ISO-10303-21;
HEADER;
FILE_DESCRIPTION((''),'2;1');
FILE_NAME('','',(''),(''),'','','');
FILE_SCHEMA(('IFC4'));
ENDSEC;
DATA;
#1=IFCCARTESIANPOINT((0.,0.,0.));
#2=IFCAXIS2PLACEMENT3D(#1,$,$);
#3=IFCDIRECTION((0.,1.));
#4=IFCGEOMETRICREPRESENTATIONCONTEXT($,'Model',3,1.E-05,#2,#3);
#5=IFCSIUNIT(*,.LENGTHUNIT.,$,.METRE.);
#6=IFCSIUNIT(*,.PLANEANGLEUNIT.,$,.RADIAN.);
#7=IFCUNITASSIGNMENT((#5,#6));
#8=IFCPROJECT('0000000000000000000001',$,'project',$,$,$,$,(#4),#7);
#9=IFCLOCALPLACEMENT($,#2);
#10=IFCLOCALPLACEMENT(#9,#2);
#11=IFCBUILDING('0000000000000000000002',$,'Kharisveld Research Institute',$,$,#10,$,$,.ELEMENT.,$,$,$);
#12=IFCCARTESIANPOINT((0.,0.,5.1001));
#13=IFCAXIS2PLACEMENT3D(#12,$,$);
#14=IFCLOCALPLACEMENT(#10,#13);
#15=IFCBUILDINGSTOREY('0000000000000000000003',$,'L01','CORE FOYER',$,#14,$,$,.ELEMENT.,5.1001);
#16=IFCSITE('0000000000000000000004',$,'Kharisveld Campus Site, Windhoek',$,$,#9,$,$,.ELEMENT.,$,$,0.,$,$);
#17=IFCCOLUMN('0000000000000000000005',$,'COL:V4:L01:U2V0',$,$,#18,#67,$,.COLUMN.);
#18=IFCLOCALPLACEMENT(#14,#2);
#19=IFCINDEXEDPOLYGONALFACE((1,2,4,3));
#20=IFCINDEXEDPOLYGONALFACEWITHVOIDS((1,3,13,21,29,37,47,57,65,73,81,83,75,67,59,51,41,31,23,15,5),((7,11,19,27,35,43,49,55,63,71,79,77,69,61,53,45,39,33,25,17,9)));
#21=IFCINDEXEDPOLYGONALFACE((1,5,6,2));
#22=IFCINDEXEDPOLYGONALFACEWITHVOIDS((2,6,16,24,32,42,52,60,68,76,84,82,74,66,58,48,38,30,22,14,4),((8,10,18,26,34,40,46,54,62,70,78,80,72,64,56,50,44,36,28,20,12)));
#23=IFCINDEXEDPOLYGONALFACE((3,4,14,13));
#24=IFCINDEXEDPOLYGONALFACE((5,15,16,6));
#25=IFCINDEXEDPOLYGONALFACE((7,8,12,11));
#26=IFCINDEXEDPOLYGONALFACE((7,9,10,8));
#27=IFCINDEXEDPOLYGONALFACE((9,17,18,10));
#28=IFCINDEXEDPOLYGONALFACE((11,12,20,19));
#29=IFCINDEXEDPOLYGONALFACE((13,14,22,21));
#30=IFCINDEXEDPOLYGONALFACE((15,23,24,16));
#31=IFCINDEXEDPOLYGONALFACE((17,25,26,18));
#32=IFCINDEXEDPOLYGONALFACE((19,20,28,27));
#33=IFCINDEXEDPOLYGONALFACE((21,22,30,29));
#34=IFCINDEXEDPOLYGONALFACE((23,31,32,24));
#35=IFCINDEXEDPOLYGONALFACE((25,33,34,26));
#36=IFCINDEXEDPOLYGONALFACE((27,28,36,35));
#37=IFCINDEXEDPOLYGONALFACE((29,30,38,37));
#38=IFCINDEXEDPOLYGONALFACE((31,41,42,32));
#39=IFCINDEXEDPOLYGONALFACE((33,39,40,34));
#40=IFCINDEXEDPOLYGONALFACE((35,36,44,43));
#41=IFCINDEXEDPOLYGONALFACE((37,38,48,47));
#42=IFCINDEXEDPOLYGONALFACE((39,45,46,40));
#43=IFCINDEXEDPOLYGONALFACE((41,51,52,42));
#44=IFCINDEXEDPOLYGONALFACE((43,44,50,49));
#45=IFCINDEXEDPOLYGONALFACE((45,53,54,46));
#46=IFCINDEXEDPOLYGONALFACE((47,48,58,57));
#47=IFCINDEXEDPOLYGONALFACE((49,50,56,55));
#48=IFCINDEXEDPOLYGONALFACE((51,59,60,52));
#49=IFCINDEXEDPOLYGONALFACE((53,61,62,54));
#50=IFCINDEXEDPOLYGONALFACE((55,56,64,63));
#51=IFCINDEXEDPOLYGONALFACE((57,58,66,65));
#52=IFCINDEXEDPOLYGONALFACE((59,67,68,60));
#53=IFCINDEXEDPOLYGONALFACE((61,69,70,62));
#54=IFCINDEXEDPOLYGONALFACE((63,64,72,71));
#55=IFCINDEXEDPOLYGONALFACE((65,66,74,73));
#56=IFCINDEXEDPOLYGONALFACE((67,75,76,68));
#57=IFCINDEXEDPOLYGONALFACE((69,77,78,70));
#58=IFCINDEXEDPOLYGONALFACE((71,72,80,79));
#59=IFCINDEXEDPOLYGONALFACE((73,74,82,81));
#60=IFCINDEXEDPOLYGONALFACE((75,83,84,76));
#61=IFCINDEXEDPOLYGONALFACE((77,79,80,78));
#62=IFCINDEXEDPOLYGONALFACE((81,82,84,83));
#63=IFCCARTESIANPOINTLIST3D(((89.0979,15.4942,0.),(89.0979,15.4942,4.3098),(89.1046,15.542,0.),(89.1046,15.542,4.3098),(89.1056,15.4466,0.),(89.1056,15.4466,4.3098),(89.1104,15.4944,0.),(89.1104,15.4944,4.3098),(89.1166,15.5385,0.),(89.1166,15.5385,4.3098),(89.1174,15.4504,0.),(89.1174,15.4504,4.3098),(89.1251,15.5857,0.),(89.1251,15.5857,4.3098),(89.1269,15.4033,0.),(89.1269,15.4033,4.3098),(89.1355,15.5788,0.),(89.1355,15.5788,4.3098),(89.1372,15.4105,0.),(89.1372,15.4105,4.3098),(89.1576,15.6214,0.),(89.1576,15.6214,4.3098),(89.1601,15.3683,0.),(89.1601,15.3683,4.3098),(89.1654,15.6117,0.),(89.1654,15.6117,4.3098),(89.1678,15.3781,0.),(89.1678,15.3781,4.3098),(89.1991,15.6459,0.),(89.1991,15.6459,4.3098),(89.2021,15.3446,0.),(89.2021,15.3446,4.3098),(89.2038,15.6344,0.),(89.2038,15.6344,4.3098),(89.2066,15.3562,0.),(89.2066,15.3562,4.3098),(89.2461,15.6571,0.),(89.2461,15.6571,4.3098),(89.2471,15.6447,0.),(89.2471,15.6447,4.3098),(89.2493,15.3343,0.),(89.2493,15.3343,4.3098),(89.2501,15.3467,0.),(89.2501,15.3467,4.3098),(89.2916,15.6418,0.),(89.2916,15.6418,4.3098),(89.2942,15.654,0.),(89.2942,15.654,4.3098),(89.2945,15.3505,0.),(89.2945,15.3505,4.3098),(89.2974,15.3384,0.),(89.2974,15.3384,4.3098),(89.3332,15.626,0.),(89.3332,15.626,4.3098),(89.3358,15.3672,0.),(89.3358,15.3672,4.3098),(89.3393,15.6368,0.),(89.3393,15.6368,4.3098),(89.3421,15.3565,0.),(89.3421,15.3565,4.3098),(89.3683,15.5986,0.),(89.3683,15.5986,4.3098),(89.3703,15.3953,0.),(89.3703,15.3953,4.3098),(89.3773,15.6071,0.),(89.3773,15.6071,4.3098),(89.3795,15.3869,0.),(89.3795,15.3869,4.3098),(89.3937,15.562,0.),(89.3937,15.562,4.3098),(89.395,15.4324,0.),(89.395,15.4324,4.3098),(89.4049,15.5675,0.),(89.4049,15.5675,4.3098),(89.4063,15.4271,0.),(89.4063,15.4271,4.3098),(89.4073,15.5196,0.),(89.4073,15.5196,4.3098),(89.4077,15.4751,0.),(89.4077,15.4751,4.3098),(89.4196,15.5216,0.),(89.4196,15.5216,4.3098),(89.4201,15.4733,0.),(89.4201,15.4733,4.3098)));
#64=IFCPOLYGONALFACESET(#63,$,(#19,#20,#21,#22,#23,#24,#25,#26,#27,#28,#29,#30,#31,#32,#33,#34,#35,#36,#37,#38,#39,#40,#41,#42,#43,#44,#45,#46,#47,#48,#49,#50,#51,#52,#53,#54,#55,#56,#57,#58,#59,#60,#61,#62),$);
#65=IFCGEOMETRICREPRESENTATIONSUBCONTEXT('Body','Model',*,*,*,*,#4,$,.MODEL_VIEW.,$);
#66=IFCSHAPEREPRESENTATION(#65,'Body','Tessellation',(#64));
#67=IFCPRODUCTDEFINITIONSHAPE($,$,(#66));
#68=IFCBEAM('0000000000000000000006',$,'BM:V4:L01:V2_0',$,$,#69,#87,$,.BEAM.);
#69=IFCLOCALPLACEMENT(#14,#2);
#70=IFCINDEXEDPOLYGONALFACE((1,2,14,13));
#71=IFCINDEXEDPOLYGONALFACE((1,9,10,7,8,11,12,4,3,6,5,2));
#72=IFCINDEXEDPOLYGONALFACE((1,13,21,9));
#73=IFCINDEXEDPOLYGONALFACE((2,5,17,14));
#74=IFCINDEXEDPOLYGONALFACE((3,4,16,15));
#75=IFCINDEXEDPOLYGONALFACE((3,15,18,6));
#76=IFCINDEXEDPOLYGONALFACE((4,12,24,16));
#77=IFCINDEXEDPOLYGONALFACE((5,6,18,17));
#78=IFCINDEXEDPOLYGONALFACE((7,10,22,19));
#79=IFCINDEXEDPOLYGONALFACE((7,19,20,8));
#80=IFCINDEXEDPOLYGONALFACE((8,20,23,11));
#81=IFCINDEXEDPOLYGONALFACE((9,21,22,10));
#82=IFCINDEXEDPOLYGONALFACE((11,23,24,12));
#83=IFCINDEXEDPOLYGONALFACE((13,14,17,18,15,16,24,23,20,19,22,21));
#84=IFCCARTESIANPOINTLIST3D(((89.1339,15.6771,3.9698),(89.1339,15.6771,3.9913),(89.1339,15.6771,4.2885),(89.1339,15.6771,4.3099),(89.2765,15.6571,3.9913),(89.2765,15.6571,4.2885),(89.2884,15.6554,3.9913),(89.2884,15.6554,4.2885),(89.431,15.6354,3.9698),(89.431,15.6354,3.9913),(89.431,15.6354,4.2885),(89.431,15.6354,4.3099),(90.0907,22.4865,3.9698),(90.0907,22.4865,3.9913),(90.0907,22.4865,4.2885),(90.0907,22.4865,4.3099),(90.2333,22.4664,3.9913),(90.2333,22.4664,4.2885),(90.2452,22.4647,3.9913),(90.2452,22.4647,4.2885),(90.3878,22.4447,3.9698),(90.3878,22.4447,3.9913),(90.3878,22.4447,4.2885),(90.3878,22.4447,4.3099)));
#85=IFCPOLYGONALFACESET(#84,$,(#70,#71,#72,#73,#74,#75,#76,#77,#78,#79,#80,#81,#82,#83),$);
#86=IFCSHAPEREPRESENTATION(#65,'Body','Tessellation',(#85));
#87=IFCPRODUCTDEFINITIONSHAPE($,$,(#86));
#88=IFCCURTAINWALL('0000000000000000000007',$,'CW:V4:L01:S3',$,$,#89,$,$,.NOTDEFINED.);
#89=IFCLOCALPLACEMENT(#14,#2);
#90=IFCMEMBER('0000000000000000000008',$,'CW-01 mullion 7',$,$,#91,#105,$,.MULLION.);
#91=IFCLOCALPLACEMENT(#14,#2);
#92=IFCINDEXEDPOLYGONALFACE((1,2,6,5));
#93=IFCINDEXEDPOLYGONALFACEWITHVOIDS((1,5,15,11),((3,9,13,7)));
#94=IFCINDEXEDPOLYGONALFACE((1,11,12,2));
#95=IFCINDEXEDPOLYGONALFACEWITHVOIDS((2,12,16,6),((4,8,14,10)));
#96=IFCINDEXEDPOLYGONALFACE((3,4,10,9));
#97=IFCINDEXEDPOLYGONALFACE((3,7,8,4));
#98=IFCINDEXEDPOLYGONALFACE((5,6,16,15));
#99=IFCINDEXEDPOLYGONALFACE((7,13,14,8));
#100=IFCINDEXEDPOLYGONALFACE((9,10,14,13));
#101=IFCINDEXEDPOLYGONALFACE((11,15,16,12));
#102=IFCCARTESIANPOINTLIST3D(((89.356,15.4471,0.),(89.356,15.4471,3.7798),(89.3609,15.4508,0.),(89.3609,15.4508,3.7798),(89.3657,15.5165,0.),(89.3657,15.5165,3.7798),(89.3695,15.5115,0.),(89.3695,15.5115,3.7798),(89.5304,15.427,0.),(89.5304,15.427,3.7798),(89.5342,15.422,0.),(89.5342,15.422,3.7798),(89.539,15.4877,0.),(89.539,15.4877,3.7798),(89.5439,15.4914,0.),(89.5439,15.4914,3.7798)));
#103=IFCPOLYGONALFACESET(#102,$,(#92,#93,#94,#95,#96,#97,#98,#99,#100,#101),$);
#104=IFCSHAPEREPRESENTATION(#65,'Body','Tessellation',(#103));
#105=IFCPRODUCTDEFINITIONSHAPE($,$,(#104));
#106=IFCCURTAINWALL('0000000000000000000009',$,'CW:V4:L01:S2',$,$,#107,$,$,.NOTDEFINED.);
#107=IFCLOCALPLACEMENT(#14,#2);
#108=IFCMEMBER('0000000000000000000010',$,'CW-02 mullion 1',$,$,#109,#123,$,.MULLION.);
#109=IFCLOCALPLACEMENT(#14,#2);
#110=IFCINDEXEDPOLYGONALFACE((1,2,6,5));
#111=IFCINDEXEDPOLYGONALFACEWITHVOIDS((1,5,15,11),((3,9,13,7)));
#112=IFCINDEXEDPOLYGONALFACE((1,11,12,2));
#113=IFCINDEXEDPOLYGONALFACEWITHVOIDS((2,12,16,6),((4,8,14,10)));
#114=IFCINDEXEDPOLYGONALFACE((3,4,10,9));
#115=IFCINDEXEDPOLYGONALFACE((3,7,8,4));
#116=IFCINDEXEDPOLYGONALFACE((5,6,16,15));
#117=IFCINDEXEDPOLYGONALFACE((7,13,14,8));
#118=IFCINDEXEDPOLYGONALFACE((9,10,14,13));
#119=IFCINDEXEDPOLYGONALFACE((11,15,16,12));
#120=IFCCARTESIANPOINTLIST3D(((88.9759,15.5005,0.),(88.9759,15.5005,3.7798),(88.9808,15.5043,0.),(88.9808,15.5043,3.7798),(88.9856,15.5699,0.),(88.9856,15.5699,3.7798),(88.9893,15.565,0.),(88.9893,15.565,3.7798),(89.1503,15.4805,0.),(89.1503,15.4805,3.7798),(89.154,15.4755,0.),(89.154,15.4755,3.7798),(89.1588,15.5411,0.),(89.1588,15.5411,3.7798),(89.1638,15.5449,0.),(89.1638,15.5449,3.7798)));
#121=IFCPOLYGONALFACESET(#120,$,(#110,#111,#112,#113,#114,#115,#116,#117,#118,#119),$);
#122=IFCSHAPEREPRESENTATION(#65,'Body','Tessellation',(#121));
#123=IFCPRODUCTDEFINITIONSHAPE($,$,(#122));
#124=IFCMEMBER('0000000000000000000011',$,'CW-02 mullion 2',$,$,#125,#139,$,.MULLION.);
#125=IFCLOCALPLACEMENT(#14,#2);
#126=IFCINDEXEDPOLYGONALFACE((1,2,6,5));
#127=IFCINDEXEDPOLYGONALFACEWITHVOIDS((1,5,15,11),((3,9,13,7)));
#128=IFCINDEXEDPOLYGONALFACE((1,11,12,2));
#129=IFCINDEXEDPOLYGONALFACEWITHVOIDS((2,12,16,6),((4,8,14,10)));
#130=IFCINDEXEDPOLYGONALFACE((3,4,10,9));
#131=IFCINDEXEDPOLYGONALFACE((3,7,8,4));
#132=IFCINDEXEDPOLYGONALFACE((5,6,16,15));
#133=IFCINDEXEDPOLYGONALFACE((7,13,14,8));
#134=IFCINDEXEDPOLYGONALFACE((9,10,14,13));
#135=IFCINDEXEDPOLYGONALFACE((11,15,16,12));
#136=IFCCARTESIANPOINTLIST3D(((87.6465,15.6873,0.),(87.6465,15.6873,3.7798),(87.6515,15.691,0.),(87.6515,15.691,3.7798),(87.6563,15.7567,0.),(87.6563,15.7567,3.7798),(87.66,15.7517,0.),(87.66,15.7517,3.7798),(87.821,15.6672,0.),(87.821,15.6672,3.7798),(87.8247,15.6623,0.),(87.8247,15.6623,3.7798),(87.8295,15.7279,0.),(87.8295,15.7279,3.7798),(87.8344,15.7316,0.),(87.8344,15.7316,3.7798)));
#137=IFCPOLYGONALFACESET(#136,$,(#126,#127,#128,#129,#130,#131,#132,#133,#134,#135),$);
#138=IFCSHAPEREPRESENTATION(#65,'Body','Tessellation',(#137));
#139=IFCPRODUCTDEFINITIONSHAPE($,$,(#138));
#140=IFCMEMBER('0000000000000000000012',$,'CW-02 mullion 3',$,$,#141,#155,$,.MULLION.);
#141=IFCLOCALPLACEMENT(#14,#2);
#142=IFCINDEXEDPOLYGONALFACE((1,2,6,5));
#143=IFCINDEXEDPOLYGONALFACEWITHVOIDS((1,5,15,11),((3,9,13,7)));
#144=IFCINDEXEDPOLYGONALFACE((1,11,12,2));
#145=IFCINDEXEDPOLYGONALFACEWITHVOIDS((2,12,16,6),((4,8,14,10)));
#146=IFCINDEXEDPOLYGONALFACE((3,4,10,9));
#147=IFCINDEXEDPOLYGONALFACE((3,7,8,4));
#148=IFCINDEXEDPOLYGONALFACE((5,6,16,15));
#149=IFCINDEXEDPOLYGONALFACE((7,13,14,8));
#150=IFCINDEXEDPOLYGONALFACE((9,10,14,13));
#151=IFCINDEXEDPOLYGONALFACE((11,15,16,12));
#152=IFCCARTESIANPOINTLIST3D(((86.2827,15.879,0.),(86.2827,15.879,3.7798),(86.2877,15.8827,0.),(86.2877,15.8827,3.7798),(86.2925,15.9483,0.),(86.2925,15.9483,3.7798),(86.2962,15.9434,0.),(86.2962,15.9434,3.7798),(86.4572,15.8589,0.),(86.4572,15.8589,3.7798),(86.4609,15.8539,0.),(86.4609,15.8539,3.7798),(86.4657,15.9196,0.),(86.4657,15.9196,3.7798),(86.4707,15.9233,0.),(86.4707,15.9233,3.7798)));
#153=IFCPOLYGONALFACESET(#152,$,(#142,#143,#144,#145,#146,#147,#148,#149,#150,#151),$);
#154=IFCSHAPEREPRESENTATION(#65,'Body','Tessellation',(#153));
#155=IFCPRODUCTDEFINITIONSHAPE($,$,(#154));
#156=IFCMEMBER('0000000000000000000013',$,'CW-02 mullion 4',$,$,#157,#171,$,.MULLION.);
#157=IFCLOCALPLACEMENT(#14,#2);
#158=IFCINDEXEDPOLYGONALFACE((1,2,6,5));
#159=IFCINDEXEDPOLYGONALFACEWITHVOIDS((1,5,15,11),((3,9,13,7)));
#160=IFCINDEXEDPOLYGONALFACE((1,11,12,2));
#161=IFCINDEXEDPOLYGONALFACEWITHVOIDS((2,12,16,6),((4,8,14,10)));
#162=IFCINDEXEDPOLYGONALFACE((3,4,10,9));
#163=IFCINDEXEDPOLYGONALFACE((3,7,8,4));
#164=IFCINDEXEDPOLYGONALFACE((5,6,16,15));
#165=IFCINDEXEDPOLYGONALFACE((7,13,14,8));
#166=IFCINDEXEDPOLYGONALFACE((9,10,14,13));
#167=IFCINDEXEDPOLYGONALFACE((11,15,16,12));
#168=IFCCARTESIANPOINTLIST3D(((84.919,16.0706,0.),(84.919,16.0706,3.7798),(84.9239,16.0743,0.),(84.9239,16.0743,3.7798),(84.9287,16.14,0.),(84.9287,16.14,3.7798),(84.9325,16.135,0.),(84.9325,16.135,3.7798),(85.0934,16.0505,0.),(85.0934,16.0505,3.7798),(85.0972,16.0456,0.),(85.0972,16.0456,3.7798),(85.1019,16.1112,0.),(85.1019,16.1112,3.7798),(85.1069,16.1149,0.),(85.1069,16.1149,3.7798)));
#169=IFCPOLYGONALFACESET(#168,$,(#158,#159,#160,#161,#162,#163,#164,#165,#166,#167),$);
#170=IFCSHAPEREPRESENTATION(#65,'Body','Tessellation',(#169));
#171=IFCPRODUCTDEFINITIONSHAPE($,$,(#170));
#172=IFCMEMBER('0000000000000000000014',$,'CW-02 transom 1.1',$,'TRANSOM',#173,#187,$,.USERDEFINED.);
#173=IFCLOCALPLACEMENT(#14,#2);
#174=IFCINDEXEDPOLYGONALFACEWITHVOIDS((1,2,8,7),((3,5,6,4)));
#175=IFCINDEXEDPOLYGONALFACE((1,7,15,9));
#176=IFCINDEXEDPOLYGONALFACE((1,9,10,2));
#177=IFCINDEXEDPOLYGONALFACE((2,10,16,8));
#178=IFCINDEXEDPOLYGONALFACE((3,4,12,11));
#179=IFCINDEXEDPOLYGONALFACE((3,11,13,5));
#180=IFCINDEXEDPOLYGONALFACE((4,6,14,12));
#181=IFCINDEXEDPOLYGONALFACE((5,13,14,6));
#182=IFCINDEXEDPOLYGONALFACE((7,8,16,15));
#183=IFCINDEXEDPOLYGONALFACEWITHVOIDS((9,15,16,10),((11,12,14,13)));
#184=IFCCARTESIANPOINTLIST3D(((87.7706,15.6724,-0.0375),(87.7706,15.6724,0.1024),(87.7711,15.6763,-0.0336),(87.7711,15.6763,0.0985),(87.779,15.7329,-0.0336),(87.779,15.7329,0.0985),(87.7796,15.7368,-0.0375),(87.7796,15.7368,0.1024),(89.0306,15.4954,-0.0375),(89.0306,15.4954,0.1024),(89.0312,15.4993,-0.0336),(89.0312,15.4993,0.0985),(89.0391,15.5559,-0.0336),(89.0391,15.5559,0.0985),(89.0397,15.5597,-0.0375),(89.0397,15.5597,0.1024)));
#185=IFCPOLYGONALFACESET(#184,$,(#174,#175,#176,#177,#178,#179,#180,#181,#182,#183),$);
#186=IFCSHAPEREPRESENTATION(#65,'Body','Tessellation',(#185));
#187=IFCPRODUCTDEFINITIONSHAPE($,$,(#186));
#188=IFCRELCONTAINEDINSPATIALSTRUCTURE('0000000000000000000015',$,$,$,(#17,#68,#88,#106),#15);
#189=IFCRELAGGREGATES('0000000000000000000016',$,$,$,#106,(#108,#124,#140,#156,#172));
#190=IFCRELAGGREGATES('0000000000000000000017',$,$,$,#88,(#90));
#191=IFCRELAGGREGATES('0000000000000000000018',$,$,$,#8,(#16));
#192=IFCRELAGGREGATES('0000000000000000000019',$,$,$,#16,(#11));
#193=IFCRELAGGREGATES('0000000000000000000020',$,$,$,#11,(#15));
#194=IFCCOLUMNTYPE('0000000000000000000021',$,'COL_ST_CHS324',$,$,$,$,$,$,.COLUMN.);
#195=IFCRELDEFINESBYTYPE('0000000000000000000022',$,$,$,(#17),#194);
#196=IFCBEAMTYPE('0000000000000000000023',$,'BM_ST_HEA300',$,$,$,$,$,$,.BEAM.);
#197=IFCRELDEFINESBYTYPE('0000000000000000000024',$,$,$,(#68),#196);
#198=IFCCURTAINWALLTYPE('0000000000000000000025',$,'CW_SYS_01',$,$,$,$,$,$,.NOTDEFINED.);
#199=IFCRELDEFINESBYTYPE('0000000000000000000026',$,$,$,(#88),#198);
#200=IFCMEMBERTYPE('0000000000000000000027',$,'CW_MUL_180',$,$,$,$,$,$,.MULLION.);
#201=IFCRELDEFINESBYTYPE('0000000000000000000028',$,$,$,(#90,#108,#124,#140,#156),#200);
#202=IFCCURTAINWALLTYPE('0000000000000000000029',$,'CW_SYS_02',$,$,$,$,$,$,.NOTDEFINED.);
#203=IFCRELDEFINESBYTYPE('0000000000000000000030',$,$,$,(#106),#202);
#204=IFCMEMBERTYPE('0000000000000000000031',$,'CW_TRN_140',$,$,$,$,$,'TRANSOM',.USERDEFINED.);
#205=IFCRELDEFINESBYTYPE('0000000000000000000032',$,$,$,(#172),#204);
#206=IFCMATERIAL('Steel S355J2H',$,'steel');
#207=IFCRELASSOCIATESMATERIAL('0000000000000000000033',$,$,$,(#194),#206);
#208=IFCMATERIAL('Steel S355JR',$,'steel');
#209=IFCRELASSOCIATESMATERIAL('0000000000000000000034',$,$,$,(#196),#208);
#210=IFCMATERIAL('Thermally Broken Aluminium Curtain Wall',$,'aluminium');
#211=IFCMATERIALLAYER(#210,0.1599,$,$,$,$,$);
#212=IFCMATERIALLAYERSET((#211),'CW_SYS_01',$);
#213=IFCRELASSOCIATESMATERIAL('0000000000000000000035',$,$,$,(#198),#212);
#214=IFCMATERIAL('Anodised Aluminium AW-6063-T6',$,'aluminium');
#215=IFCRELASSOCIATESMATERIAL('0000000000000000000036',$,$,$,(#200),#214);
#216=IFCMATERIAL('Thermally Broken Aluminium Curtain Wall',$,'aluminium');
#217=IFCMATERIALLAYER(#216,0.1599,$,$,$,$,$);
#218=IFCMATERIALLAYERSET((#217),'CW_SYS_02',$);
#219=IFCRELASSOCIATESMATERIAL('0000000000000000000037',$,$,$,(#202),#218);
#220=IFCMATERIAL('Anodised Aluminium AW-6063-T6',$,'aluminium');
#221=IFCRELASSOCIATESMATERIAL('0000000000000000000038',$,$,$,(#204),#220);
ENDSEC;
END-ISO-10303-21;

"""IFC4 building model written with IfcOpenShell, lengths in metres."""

from ifc_helpers import new_model, si_unit, direction, frame, origin, origin_2d, place, context, subcontext, project, spatial, hollow_rectangle, hollow_circle, i_section, extrude, material, layer, layer_set, material_profile, profile_set, type_object, element, aggregate, save


model = new_model("IFC4")

# Units and contexts
model_context = context("Model", 3, precision=1e-05, world=origin(), true_north=direction((0.0, 1.0)))
body_context = subcontext(model_context, "Body", "Model", "MODEL_VIEW")
ifc_project = project(units=[si_unit("LENGTHUNIT", "METRE"), si_unit("PLANEANGLEUNIT", "RADIAN")], contexts=[model_context])

# Site, building, storey
site_placement = place(None, origin())
site = spatial("IfcSite", under=ifc_project, at=site_placement, Name="Kharisveld Campus Site, Windhoek", CompositionType="ELEMENT", RefElevation=0.0)
building_placement = place(site_placement, origin())
building = spatial("IfcBuilding", under=site, at=building_placement, Name="Kharisveld Research Institute", CompositionType="ELEMENT")
storey_placement = place(building_placement, frame((0.0, 0.0, 5.1001)))
storey = spatial("IfcBuildingStorey", under=building, at=storey_placement, Name="L01", Description="CORE FOYER", CompositionType="ELEMENT", Elevation=5.1001)

# Column
ifc_material_1 = material(Name="Steel S355J2H", Category="steel")
ifc_material_profile_1 = material_profile(ifc_material_1, hollow_circle(Radius=0.1619, WallThickness=0.0125, at=origin_2d()))
ifc_profile_set_1 = profile_set([ifc_material_profile_1], Name="Steel S355J2H")
column_type = type_object("IfcColumnType", Name="COL_ST_CHS324", PredefinedType="COLUMN", material=ifc_profile_set_1)
column_placement = place(storey_placement, frame((89.2598, 15.4958, 0.0), z_axis=(0.0, 0.0, 1.0), x_axis=(0.990268, -0.139173, 0.0)))
element("IfcColumn", 1, at=column_placement, inside=storey, type_object=column_type, Name="COL:V4:L01:U2V0", PredefinedType="COLUMN", context=body_context, shape_type="SweptSolid", body=[
    extrude(hollow_circle(Radius=0.1619, WallThickness=0.0125, at=origin_2d()), origin(), (0.0, 0.0, 1.0), 4.3098),
])

# Beam
ifc_material_2 = material(Name="Steel S355JR", Category="steel")
ifc_material_profile_2 = material_profile(ifc_material_2, i_section(OverallWidth=0.3, OverallDepth=0.3401, WebThickness=0.012, FlangeThickness=0.0215, at=origin_2d()))
ifc_profile_set_2 = profile_set([ifc_material_profile_2], Name="Steel S355JR")
beam_type_1 = type_object("IfcBeamType", Name="BM_ST_HEA300", PredefinedType="BEAM", material=ifc_profile_set_2)
beam_1_placement = place(storey_placement, frame((89.2825, 15.6562, 4.1399), z_axis=(0.139144, 0.990272, 0.0), x_axis=(-0.990272, 0.139144, 0.0)))
element("IfcBeam", 2, at=beam_1_placement, inside=storey, type_object=beam_type_1, Name="BM:V4:L01:V2_0", PredefinedType="BEAM", context=body_context, shape_type="SweptSolid", body=[
    extrude(i_section(OverallWidth=0.3, OverallDepth=0.3401, WebThickness=0.012, FlangeThickness=0.0215, at=origin_2d()), origin(), (0.0, 0.0, 1.0), 6.8762),
])

# Curtain wall, member
ifc_material_3 = material(Name="Thermally Broken Aluminium Curtain Wall", Category="aluminium")
ifc_layer_1 = layer(ifc_material_3, 0.1599)
ifc_layer_set_1 = layer_set([ifc_layer_1], Name="CW_SYS_01")
curtain_wall_type_1 = type_object("IfcCurtainWallType", Name="CW_SYS_01", PredefinedType="NOTDEFINED", material=ifc_layer_set_1)
curtain_wall_1_placement = place(storey_placement, origin())
curtain_wall_1 = element("IfcCurtainWall", 3, at=curtain_wall_1_placement, inside=storey, type_object=curtain_wall_type_1, Name="CW:V4:L01:S3", PredefinedType="NOTDEFINED")
ifc_material_4 = material(Name="Anodised Aluminium AW-6063-T6", Category="aluminium")
ifc_material_profile_3 = material_profile(ifc_material_4, hollow_rectangle(XDim=0.0701, YDim=0.1799, WallThickness=0.0044, at=origin_2d()))
ifc_profile_set_3 = profile_set([ifc_material_profile_3], Name="Anodised Aluminium AW-6063-T6")
member_type_1 = type_object("IfcMemberType", Name="CW_MUL_180", PredefinedType="MULLION", material=ifc_profile_set_3)
member_1_placement = place(storey_placement, frame((89.45, 15.4692, 0.0), z_axis=(0.0, 0.0, 1.0), x_axis=(-0.139173, -0.990268, 0.0)))
member_1 = element("IfcMember", 4, at=member_1_placement, type_object=member_type_1, Name="CW-01 mullion 7", PredefinedType="MULLION", context=body_context, shape_type="SweptSolid", body=[
    extrude(hollow_rectangle(XDim=0.0701, YDim=0.1799, WallThickness=0.0044, at=origin_2d()), origin(), (0.0, 0.0, 1.0), 3.7798),
])

# Curtain wall, members
ifc_material_5 = material(Name="Thermally Broken Aluminium Curtain Wall", Category="aluminium")
ifc_layer_2 = layer(ifc_material_5, 0.1599)
ifc_layer_set_2 = layer_set([ifc_layer_2], Name="CW_SYS_02")
curtain_wall_type_2 = type_object("IfcCurtainWallType", Name="CW_SYS_02", PredefinedType="NOTDEFINED", material=ifc_layer_set_2)
curtain_wall_2_placement = place(storey_placement, origin())
curtain_wall_2 = element("IfcCurtainWall", 5, at=curtain_wall_2_placement, inside=storey, type_object=curtain_wall_type_2, Name="CW:V4:L01:S2", PredefinedType="NOTDEFINED")
member_2_placement = place(storey_placement, frame((89.0698, 15.5227, 0.0), z_axis=(0.0, 0.0, 1.0), x_axis=(-0.139173, -0.990268, 0.0)))
member_2 = element("IfcMember", 6, at=member_2_placement, type_object=member_type_1, Name="CW-02 mullion 1", PredefinedType="MULLION", context=body_context, shape_type="SweptSolid", body=[
    extrude(hollow_rectangle(XDim=0.0701, YDim=0.1799, WallThickness=0.0044, at=origin_2d()), origin(), (0.0, 0.0, 1.0), 3.7798),
])
member_3_placement = place(storey_placement, frame((87.7405, 15.7095, 0.0), z_axis=(0.0, 0.0, 1.0), x_axis=(-0.139173, -0.990268, 0.0)))
member_3 = element("IfcMember", 7, at=member_3_placement, type_object=member_type_1, Name="CW-02 mullion 2", PredefinedType="MULLION", context=body_context, shape_type="SweptSolid", body=[
    extrude(hollow_rectangle(XDim=0.0701, YDim=0.1799, WallThickness=0.0044, at=origin_2d()), origin(), (0.0, 0.0, 1.0), 3.7798),
])
member_4_placement = place(storey_placement, frame((86.3767, 15.9011, 0.0), z_axis=(0.0, 0.0, 1.0), x_axis=(-0.139173, -0.990268, 0.0)))
member_4 = element("IfcMember", 8, at=member_4_placement, type_object=member_type_1, Name="CW-02 mullion 3", PredefinedType="MULLION", context=body_context, shape_type="SweptSolid", body=[
    extrude(hollow_rectangle(XDim=0.0701, YDim=0.1799, WallThickness=0.0044, at=origin_2d()), origin(), (0.0, 0.0, 1.0), 3.7798),
])
member_5_placement = place(storey_placement, frame((85.0129, 16.0928, 0.0), z_axis=(0.0, 0.0, 1.0), x_axis=(-0.139173, -0.990268, 0.0)))
member_5 = element("IfcMember", 9, at=member_5_placement, type_object=member_type_1, Name="CW-02 mullion 4", PredefinedType="MULLION", context=body_context, shape_type="SweptSolid", body=[
    extrude(hollow_rectangle(XDim=0.0701, YDim=0.1799, WallThickness=0.0044, at=origin_2d()), origin(), (0.0, 0.0, 1.0), 3.7798),
])
ifc_material_6 = material(Name="Anodised Aluminium AW-6063-T6", Category="aluminium")
ifc_material_profile_4 = material_profile(ifc_material_6, hollow_rectangle(XDim=0.0649, YDim=0.1399, WallThickness=0.0039, at=origin_2d()))
ifc_profile_set_4 = profile_set([ifc_material_profile_4], Name="Anodised Aluminium AW-6063-T6")
member_type_2 = type_object("IfcMemberType", Name="CW_TRN_140", ElementType="TRANSOM", PredefinedType="USERDEFINED", material=ifc_profile_set_4)
member_6_placement = place(storey_placement, frame((89.0352, 15.5276, 0.0325), z_axis=(-0.990277, 0.139111, 0.0), x_axis=(-0.139111, -0.990277, 0.0)))
member_6 = element("IfcMember", 10, at=member_6_placement, type_object=member_type_2, Name="CW-02 transom 1.1", ObjectType="TRANSOM", PredefinedType="USERDEFINED", context=body_context, shape_type="SweptSolid", body=[
    extrude(hollow_rectangle(XDim=0.0649, YDim=0.1399, WallThickness=0.0039, at=origin_2d()), origin(), (0.0, 0.0, 1.0), 1.2725),
])

aggregate(curtain_wall_2, [member_2, member_3, member_4, member_5, member_6])
aggregate(curtain_wall_1, [member_1])

save(model, "model.ifc")
